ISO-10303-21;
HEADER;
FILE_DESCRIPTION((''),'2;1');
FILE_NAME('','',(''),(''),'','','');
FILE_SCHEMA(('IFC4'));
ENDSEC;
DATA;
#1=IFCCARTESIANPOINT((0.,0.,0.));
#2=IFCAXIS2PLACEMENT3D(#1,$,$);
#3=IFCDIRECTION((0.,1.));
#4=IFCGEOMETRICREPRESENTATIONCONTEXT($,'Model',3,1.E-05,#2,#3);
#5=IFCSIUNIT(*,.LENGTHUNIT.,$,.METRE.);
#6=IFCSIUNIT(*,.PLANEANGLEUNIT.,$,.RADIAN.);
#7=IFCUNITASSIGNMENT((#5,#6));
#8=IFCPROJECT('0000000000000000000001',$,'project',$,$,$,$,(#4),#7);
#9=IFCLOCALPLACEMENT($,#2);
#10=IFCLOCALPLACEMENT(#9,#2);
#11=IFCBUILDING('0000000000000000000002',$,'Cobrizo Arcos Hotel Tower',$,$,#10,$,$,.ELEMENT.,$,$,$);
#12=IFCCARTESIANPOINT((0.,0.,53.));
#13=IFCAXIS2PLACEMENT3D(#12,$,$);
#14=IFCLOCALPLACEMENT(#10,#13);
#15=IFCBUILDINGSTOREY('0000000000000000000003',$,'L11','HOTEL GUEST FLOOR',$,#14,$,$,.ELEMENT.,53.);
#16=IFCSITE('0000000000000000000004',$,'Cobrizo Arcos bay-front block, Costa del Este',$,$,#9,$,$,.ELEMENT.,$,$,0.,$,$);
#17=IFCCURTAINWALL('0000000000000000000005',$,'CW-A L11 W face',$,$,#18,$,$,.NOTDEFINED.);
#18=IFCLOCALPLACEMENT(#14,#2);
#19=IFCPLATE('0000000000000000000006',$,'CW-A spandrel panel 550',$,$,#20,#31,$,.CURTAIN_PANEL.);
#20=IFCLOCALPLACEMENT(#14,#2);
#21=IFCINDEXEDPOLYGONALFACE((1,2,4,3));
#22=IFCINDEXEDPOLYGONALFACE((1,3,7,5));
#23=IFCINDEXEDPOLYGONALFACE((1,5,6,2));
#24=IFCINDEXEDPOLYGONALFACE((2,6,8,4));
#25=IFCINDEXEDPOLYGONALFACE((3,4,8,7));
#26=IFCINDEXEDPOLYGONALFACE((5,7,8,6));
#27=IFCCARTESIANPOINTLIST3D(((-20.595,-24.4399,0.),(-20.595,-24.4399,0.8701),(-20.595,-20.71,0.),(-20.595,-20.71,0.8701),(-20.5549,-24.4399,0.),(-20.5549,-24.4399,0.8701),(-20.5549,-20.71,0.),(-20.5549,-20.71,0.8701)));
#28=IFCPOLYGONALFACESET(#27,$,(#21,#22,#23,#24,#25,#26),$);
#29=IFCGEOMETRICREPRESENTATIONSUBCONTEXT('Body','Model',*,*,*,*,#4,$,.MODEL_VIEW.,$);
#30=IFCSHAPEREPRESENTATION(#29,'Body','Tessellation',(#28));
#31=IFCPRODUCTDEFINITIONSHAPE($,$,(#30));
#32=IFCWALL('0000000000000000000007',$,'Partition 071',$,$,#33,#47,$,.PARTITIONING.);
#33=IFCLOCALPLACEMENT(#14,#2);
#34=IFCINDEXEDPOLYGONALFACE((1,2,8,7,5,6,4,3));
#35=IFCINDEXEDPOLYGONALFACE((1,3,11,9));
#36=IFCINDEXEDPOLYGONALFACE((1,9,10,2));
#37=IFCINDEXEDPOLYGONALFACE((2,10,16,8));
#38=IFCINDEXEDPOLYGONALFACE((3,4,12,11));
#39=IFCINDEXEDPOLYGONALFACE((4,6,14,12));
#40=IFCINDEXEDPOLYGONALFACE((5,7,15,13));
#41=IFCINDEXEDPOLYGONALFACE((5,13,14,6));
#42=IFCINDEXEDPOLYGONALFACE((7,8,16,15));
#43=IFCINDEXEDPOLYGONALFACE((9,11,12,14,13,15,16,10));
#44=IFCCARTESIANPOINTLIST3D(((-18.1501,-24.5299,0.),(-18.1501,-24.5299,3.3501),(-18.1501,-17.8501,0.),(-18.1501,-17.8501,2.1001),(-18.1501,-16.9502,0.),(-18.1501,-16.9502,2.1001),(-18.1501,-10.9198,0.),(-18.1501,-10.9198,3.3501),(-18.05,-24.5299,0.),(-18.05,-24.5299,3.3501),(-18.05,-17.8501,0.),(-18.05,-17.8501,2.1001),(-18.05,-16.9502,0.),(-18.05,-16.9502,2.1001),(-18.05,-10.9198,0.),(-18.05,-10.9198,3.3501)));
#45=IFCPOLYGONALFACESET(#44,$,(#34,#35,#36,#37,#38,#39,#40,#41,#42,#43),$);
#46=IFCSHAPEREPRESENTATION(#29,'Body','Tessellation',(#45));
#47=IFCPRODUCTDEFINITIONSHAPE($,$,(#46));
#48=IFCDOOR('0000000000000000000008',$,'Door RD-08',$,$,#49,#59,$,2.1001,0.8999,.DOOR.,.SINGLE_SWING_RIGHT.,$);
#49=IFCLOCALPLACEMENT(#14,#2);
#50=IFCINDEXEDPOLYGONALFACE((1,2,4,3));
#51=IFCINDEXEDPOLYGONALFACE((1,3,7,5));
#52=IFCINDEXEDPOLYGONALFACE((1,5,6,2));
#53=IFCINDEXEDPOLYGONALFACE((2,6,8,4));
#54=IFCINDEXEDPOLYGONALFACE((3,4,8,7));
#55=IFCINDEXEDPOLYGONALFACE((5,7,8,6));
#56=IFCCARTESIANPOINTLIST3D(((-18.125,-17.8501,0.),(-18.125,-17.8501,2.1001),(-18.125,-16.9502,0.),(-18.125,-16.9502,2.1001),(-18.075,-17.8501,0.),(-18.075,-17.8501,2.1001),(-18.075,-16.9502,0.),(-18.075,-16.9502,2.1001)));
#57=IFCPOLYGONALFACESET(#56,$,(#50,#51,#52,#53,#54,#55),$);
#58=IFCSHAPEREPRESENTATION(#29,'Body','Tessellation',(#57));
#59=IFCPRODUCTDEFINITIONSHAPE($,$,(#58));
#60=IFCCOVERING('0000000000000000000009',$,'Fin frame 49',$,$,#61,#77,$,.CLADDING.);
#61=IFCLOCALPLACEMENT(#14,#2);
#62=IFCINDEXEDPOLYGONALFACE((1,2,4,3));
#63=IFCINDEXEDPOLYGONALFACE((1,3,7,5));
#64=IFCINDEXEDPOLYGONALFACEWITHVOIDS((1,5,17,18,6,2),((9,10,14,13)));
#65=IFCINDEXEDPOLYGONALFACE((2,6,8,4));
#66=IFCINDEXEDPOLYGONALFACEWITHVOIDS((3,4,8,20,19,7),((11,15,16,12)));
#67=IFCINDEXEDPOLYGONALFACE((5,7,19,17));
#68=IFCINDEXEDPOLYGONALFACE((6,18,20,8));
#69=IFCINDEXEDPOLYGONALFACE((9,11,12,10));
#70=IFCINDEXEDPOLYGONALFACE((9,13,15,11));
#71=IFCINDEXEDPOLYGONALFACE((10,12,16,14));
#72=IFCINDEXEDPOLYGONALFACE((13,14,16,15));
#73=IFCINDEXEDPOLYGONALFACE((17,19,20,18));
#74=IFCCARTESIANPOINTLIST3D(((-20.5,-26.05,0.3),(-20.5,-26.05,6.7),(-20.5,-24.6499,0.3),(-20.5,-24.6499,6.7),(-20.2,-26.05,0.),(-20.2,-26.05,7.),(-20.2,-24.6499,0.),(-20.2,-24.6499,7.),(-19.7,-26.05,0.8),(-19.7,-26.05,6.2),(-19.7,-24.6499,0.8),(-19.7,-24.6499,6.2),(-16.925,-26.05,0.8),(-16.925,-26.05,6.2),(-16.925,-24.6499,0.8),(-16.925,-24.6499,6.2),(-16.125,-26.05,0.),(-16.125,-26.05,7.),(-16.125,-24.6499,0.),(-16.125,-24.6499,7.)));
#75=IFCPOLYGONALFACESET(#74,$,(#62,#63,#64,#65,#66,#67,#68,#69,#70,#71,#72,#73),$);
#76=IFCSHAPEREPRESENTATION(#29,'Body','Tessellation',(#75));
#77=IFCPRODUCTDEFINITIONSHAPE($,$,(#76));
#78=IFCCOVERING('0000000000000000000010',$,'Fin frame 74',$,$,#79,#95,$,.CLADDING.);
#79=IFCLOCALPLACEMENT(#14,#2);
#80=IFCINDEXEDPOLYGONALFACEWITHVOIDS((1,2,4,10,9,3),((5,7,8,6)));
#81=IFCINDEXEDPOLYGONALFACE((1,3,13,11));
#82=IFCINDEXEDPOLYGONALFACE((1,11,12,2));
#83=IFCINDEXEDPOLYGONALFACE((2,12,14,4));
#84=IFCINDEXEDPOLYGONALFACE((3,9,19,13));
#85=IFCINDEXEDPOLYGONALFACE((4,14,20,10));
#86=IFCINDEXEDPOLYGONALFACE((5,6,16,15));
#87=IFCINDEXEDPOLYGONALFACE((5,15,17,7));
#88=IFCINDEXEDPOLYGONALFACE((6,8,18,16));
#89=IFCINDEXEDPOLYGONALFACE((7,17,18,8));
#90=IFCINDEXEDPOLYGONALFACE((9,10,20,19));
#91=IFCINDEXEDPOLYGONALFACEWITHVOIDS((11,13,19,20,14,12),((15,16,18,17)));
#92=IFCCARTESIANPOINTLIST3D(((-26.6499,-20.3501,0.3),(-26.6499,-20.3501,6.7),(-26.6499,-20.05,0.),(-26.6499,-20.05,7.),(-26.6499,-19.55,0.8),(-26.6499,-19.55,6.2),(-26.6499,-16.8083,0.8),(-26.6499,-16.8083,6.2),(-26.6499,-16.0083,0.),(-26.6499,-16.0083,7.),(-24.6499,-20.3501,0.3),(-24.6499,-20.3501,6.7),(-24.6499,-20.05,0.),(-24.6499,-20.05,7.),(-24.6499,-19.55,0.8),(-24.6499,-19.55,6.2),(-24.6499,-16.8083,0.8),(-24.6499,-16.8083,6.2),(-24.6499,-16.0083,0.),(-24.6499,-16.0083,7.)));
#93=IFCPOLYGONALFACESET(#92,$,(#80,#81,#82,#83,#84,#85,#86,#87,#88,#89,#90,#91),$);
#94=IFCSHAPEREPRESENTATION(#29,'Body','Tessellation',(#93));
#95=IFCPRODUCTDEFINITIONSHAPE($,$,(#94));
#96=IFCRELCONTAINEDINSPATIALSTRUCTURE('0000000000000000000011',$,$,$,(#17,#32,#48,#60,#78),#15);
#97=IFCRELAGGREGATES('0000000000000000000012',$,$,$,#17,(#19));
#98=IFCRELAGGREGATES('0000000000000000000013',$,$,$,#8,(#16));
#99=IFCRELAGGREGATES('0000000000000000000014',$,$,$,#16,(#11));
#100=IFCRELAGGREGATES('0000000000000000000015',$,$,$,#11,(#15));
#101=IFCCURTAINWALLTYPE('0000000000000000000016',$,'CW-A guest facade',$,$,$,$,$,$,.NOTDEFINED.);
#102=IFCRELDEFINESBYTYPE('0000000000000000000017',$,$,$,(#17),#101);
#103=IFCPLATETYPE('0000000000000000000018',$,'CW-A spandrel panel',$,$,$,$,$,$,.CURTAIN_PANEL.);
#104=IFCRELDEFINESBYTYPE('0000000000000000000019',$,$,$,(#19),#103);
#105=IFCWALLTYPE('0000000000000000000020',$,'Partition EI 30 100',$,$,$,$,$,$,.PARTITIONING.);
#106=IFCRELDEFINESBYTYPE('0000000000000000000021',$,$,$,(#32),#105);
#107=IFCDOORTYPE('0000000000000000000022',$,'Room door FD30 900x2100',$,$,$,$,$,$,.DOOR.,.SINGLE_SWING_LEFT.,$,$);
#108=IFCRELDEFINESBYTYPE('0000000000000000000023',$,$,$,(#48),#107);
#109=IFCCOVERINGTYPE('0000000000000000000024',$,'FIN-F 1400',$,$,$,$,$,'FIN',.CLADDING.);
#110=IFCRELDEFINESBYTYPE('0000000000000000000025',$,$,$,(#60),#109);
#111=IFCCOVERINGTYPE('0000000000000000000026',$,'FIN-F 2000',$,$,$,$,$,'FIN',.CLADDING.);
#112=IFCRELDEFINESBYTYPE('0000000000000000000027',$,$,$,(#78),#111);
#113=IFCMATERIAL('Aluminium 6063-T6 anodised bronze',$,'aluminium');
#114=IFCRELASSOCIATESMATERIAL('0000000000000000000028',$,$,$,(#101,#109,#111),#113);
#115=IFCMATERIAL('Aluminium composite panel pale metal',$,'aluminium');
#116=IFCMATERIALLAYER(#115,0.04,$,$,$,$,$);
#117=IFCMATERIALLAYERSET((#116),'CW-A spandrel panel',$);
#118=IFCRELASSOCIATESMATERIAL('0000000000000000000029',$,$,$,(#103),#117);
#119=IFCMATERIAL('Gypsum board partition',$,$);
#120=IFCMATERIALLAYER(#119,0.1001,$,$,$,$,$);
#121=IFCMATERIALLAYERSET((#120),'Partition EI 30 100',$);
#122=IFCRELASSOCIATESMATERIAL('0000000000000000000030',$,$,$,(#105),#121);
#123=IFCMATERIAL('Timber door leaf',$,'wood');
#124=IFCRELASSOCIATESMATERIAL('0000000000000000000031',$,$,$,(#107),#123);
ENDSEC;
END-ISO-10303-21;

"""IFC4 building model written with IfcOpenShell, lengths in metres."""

from ifc_helpers import new_model, si_unit, direction, frame, frame_2d, origin, origin_2d, place, context, subcontext, project, spatial, polyline, rectangle, outline, extrude, material, layer, layer_set, type_object, element, fill, aggregate, save


model = new_model("IFC4")

# Units and contexts
model_context = context("Model", 3, precision=1e-05, world=origin(), true_north=direction((0.0, 1.0)))
body_context = subcontext(model_context, "Body", "Model", "MODEL_VIEW")
ifc_project = project(units=[si_unit("LENGTHUNIT", "METRE"), si_unit("PLANEANGLEUNIT", "RADIAN")], contexts=[model_context])

# Site, building, storey
site_placement = place(None, origin())
site = spatial("IfcSite", under=ifc_project, at=site_placement, Name="Cobrizo Arcos bay-front block, Costa del Este", CompositionType="ELEMENT", RefElevation=0.0)
building_placement = place(site_placement, origin())
building = spatial("IfcBuilding", under=site, at=building_placement, Name="Cobrizo Arcos Hotel Tower", CompositionType="ELEMENT")
storey_placement = place(building_placement, frame((0.0, 0.0, 53.0)))
storey = spatial("IfcBuildingStorey", under=building, at=storey_placement, Name="L11", Description="HOTEL GUEST FLOOR", CompositionType="ELEMENT", Elevation=53.0)

# Shared definitions
ifc_material_1 = material(Name="Aluminium 6063-T6 anodised bronze", Category="aluminium")
curtain_wall_type = type_object("IfcCurtainWallType", Name="CW-A guest facade", PredefinedType="NOTDEFINED", material=ifc_material_1)

# Curtain wall
curtain_wall_1_placement = place(storey_placement, origin())
curtain_wall_1 = element("IfcCurtainWall", 1, at=curtain_wall_1_placement, inside=storey, type_object=curtain_wall_type, Name="CW-A L11 W face", PredefinedType="NOTDEFINED")

# Plate
ifc_material_2 = material(Name="Aluminium composite panel pale metal", Category="aluminium")
ifc_layer_1 = layer(ifc_material_2, 0.04)
ifc_layer_set_1 = layer_set([ifc_layer_1], Name="CW-A spandrel panel")
plate_type_1 = type_object("IfcPlateType", Name="CW-A spandrel panel", PredefinedType="CURTAIN_PANEL", material=ifc_layer_set_1)
plate_1_placement = place(storey_placement, frame((-20.575, -22.575, 0.0), z_axis=(0.0, 0.0, 1.0), x_axis=(0.0, -1.0, 0.0)))
plate_1 = element("IfcPlate", 2, at=plate_1_placement, type_object=plate_type_1, Name="CW-A spandrel panel 550", PredefinedType="CURTAIN_PANEL", context=body_context, shape_type="SweptSolid", body=[
    extrude(rectangle(XDim=3.73, YDim=0.04, at=origin_2d()), origin(), (0.0, 0.0, 1.0), 0.8701),
])
aggregate(curtain_wall_1, [plate_1])

# Wall, opening, door
ifc_material_3 = material(Name="Gypsum board partition")
ifc_layer_2 = layer(ifc_material_3, 0.1001)
ifc_layer_set_2 = layer_set([ifc_layer_2], Name="Partition EI 30 100")
wall_type = type_object("IfcWallType", Name="Partition EI 30 100", PredefinedType="PARTITIONING", material=ifc_layer_set_2)
wall_placement = place(storey_placement, frame((-18.1001, -24.53, 0.0), z_axis=(0.0, 0.0, 1.0), x_axis=(0.0, 1.0, 0.0)))
wall = element("IfcWall", 3, at=wall_placement, inside=storey, type_object=wall_type, Name="Partition 071", PredefinedType="PARTITIONING", context=body_context, shape_type="SweptSolid", body=[
    extrude(rectangle(XDim=13.6101, YDim=0.1001, at=frame_2d((6.8052, 0.0))), origin(), (0.0, 0.0, 1.0), 3.3501),
])
opening_placement = place(wall_placement, frame((6.6799, 0.0, 0.0)))
opening = element("IfcOpeningElement", 4, at=opening_placement, cuts=wall, PredefinedType="OPENING", context=body_context, shape_type="SweptSolid", body=[
    extrude(rectangle(XDim=0.8999, YDim=2.1001, at=frame_2d((0.45, 1.05))), frame((0.0, 0.062, 0.0), z_axis=(0.0, -1.0, 0.0), x_axis=(1.0, 0.0, 0.0)), (0.0, 0.0, 1.0), 0.124),
])
ifc_material_4 = material(Name="Timber door leaf", Category="wood")
door_type = type_object("IfcDoorType", Name="Room door FD30 900x2100", OperationType="SINGLE_SWING_LEFT", PredefinedType="DOOR", material=ifc_material_4)
door_placement = place(opening_placement, origin())
door = element("IfcDoor", 5, at=door_placement, inside=storey, type_object=door_type, Name="Door RD-08", OperationType="SINGLE_SWING_RIGHT", OverallHeight=2.1001, OverallWidth=0.8999, PredefinedType="DOOR", context=body_context, shape_type="SweptSolid", body=[
    extrude(rectangle(XDim=0.8999, YDim=2.1001, at=frame_2d((0.45, 1.05))), frame((0.0, 0.0249, 0.0), z_axis=(0.0, -1.0, 0.0), x_axis=(1.0, 0.0, 0.0)), (0.0, 0.0, 1.0), 0.05),
])
fill(opening, door)

# Coverings
covering_type_1 = type_object("IfcCoveringType", Name="FIN-F 1400", ElementType="FIN", PredefinedType="CLADDING", material=ifc_material_1)
covering_1_placement = place(storey_placement, frame((-20.5, -24.6499, 0.0), z_axis=(0.0, -1.0, 0.0), x_axis=(1.0, 0.0, 0.0)))
element("IfcCovering", 6, at=covering_1_placement, inside=storey, type_object=covering_type_1, Name="Fin frame 49", PredefinedType="CLADDING", context=body_context, shape_type="SweptSolid", body=[
    extrude(outline(polyline([(0.0, 0.3), (0.3, 0.0), (4.375, 0.0), (4.375, 7.0), (0.3, 7.0), (0.0, 6.7), (0.0, 0.3)]), holes=[polyline([(3.575, 0.8), (0.8, 0.8), (0.8, 6.2), (3.575, 6.2), (3.575, 0.8)])]), origin(), (0.0, 0.0, 1.0), 1.4001),
])
covering_type_2 = type_object("IfcCoveringType", Name="FIN-F 2000", ElementType="FIN", PredefinedType="CLADDING", material=ifc_material_1)
covering_2_placement = place(storey_placement, frame((-24.6499, -16.0083, 0.0), z_axis=(-1.0, 0.0, 0.0), x_axis=(0.0, -1.0, 0.0)))
element("IfcCovering", 7, at=covering_2_placement, inside=storey, type_object=covering_type_2, Name="Fin frame 74", PredefinedType="CLADDING", context=body_context, shape_type="SweptSolid", body=[
    extrude(outline(polyline([(0.0, 7.0), (0.0, 0.0), (4.0417, 0.0), (4.3418, 0.3), (4.3418, 6.7), (4.0417, 7.0), (0.0, 7.0)]), holes=[polyline([(3.5417, 0.8), (0.8, 0.8), (0.8, 6.2), (3.5417, 6.2), (3.5417, 0.8)])]), origin(), (0.0, 0.0, 1.0), 2.0),
])

save(model, "model.ifc")
